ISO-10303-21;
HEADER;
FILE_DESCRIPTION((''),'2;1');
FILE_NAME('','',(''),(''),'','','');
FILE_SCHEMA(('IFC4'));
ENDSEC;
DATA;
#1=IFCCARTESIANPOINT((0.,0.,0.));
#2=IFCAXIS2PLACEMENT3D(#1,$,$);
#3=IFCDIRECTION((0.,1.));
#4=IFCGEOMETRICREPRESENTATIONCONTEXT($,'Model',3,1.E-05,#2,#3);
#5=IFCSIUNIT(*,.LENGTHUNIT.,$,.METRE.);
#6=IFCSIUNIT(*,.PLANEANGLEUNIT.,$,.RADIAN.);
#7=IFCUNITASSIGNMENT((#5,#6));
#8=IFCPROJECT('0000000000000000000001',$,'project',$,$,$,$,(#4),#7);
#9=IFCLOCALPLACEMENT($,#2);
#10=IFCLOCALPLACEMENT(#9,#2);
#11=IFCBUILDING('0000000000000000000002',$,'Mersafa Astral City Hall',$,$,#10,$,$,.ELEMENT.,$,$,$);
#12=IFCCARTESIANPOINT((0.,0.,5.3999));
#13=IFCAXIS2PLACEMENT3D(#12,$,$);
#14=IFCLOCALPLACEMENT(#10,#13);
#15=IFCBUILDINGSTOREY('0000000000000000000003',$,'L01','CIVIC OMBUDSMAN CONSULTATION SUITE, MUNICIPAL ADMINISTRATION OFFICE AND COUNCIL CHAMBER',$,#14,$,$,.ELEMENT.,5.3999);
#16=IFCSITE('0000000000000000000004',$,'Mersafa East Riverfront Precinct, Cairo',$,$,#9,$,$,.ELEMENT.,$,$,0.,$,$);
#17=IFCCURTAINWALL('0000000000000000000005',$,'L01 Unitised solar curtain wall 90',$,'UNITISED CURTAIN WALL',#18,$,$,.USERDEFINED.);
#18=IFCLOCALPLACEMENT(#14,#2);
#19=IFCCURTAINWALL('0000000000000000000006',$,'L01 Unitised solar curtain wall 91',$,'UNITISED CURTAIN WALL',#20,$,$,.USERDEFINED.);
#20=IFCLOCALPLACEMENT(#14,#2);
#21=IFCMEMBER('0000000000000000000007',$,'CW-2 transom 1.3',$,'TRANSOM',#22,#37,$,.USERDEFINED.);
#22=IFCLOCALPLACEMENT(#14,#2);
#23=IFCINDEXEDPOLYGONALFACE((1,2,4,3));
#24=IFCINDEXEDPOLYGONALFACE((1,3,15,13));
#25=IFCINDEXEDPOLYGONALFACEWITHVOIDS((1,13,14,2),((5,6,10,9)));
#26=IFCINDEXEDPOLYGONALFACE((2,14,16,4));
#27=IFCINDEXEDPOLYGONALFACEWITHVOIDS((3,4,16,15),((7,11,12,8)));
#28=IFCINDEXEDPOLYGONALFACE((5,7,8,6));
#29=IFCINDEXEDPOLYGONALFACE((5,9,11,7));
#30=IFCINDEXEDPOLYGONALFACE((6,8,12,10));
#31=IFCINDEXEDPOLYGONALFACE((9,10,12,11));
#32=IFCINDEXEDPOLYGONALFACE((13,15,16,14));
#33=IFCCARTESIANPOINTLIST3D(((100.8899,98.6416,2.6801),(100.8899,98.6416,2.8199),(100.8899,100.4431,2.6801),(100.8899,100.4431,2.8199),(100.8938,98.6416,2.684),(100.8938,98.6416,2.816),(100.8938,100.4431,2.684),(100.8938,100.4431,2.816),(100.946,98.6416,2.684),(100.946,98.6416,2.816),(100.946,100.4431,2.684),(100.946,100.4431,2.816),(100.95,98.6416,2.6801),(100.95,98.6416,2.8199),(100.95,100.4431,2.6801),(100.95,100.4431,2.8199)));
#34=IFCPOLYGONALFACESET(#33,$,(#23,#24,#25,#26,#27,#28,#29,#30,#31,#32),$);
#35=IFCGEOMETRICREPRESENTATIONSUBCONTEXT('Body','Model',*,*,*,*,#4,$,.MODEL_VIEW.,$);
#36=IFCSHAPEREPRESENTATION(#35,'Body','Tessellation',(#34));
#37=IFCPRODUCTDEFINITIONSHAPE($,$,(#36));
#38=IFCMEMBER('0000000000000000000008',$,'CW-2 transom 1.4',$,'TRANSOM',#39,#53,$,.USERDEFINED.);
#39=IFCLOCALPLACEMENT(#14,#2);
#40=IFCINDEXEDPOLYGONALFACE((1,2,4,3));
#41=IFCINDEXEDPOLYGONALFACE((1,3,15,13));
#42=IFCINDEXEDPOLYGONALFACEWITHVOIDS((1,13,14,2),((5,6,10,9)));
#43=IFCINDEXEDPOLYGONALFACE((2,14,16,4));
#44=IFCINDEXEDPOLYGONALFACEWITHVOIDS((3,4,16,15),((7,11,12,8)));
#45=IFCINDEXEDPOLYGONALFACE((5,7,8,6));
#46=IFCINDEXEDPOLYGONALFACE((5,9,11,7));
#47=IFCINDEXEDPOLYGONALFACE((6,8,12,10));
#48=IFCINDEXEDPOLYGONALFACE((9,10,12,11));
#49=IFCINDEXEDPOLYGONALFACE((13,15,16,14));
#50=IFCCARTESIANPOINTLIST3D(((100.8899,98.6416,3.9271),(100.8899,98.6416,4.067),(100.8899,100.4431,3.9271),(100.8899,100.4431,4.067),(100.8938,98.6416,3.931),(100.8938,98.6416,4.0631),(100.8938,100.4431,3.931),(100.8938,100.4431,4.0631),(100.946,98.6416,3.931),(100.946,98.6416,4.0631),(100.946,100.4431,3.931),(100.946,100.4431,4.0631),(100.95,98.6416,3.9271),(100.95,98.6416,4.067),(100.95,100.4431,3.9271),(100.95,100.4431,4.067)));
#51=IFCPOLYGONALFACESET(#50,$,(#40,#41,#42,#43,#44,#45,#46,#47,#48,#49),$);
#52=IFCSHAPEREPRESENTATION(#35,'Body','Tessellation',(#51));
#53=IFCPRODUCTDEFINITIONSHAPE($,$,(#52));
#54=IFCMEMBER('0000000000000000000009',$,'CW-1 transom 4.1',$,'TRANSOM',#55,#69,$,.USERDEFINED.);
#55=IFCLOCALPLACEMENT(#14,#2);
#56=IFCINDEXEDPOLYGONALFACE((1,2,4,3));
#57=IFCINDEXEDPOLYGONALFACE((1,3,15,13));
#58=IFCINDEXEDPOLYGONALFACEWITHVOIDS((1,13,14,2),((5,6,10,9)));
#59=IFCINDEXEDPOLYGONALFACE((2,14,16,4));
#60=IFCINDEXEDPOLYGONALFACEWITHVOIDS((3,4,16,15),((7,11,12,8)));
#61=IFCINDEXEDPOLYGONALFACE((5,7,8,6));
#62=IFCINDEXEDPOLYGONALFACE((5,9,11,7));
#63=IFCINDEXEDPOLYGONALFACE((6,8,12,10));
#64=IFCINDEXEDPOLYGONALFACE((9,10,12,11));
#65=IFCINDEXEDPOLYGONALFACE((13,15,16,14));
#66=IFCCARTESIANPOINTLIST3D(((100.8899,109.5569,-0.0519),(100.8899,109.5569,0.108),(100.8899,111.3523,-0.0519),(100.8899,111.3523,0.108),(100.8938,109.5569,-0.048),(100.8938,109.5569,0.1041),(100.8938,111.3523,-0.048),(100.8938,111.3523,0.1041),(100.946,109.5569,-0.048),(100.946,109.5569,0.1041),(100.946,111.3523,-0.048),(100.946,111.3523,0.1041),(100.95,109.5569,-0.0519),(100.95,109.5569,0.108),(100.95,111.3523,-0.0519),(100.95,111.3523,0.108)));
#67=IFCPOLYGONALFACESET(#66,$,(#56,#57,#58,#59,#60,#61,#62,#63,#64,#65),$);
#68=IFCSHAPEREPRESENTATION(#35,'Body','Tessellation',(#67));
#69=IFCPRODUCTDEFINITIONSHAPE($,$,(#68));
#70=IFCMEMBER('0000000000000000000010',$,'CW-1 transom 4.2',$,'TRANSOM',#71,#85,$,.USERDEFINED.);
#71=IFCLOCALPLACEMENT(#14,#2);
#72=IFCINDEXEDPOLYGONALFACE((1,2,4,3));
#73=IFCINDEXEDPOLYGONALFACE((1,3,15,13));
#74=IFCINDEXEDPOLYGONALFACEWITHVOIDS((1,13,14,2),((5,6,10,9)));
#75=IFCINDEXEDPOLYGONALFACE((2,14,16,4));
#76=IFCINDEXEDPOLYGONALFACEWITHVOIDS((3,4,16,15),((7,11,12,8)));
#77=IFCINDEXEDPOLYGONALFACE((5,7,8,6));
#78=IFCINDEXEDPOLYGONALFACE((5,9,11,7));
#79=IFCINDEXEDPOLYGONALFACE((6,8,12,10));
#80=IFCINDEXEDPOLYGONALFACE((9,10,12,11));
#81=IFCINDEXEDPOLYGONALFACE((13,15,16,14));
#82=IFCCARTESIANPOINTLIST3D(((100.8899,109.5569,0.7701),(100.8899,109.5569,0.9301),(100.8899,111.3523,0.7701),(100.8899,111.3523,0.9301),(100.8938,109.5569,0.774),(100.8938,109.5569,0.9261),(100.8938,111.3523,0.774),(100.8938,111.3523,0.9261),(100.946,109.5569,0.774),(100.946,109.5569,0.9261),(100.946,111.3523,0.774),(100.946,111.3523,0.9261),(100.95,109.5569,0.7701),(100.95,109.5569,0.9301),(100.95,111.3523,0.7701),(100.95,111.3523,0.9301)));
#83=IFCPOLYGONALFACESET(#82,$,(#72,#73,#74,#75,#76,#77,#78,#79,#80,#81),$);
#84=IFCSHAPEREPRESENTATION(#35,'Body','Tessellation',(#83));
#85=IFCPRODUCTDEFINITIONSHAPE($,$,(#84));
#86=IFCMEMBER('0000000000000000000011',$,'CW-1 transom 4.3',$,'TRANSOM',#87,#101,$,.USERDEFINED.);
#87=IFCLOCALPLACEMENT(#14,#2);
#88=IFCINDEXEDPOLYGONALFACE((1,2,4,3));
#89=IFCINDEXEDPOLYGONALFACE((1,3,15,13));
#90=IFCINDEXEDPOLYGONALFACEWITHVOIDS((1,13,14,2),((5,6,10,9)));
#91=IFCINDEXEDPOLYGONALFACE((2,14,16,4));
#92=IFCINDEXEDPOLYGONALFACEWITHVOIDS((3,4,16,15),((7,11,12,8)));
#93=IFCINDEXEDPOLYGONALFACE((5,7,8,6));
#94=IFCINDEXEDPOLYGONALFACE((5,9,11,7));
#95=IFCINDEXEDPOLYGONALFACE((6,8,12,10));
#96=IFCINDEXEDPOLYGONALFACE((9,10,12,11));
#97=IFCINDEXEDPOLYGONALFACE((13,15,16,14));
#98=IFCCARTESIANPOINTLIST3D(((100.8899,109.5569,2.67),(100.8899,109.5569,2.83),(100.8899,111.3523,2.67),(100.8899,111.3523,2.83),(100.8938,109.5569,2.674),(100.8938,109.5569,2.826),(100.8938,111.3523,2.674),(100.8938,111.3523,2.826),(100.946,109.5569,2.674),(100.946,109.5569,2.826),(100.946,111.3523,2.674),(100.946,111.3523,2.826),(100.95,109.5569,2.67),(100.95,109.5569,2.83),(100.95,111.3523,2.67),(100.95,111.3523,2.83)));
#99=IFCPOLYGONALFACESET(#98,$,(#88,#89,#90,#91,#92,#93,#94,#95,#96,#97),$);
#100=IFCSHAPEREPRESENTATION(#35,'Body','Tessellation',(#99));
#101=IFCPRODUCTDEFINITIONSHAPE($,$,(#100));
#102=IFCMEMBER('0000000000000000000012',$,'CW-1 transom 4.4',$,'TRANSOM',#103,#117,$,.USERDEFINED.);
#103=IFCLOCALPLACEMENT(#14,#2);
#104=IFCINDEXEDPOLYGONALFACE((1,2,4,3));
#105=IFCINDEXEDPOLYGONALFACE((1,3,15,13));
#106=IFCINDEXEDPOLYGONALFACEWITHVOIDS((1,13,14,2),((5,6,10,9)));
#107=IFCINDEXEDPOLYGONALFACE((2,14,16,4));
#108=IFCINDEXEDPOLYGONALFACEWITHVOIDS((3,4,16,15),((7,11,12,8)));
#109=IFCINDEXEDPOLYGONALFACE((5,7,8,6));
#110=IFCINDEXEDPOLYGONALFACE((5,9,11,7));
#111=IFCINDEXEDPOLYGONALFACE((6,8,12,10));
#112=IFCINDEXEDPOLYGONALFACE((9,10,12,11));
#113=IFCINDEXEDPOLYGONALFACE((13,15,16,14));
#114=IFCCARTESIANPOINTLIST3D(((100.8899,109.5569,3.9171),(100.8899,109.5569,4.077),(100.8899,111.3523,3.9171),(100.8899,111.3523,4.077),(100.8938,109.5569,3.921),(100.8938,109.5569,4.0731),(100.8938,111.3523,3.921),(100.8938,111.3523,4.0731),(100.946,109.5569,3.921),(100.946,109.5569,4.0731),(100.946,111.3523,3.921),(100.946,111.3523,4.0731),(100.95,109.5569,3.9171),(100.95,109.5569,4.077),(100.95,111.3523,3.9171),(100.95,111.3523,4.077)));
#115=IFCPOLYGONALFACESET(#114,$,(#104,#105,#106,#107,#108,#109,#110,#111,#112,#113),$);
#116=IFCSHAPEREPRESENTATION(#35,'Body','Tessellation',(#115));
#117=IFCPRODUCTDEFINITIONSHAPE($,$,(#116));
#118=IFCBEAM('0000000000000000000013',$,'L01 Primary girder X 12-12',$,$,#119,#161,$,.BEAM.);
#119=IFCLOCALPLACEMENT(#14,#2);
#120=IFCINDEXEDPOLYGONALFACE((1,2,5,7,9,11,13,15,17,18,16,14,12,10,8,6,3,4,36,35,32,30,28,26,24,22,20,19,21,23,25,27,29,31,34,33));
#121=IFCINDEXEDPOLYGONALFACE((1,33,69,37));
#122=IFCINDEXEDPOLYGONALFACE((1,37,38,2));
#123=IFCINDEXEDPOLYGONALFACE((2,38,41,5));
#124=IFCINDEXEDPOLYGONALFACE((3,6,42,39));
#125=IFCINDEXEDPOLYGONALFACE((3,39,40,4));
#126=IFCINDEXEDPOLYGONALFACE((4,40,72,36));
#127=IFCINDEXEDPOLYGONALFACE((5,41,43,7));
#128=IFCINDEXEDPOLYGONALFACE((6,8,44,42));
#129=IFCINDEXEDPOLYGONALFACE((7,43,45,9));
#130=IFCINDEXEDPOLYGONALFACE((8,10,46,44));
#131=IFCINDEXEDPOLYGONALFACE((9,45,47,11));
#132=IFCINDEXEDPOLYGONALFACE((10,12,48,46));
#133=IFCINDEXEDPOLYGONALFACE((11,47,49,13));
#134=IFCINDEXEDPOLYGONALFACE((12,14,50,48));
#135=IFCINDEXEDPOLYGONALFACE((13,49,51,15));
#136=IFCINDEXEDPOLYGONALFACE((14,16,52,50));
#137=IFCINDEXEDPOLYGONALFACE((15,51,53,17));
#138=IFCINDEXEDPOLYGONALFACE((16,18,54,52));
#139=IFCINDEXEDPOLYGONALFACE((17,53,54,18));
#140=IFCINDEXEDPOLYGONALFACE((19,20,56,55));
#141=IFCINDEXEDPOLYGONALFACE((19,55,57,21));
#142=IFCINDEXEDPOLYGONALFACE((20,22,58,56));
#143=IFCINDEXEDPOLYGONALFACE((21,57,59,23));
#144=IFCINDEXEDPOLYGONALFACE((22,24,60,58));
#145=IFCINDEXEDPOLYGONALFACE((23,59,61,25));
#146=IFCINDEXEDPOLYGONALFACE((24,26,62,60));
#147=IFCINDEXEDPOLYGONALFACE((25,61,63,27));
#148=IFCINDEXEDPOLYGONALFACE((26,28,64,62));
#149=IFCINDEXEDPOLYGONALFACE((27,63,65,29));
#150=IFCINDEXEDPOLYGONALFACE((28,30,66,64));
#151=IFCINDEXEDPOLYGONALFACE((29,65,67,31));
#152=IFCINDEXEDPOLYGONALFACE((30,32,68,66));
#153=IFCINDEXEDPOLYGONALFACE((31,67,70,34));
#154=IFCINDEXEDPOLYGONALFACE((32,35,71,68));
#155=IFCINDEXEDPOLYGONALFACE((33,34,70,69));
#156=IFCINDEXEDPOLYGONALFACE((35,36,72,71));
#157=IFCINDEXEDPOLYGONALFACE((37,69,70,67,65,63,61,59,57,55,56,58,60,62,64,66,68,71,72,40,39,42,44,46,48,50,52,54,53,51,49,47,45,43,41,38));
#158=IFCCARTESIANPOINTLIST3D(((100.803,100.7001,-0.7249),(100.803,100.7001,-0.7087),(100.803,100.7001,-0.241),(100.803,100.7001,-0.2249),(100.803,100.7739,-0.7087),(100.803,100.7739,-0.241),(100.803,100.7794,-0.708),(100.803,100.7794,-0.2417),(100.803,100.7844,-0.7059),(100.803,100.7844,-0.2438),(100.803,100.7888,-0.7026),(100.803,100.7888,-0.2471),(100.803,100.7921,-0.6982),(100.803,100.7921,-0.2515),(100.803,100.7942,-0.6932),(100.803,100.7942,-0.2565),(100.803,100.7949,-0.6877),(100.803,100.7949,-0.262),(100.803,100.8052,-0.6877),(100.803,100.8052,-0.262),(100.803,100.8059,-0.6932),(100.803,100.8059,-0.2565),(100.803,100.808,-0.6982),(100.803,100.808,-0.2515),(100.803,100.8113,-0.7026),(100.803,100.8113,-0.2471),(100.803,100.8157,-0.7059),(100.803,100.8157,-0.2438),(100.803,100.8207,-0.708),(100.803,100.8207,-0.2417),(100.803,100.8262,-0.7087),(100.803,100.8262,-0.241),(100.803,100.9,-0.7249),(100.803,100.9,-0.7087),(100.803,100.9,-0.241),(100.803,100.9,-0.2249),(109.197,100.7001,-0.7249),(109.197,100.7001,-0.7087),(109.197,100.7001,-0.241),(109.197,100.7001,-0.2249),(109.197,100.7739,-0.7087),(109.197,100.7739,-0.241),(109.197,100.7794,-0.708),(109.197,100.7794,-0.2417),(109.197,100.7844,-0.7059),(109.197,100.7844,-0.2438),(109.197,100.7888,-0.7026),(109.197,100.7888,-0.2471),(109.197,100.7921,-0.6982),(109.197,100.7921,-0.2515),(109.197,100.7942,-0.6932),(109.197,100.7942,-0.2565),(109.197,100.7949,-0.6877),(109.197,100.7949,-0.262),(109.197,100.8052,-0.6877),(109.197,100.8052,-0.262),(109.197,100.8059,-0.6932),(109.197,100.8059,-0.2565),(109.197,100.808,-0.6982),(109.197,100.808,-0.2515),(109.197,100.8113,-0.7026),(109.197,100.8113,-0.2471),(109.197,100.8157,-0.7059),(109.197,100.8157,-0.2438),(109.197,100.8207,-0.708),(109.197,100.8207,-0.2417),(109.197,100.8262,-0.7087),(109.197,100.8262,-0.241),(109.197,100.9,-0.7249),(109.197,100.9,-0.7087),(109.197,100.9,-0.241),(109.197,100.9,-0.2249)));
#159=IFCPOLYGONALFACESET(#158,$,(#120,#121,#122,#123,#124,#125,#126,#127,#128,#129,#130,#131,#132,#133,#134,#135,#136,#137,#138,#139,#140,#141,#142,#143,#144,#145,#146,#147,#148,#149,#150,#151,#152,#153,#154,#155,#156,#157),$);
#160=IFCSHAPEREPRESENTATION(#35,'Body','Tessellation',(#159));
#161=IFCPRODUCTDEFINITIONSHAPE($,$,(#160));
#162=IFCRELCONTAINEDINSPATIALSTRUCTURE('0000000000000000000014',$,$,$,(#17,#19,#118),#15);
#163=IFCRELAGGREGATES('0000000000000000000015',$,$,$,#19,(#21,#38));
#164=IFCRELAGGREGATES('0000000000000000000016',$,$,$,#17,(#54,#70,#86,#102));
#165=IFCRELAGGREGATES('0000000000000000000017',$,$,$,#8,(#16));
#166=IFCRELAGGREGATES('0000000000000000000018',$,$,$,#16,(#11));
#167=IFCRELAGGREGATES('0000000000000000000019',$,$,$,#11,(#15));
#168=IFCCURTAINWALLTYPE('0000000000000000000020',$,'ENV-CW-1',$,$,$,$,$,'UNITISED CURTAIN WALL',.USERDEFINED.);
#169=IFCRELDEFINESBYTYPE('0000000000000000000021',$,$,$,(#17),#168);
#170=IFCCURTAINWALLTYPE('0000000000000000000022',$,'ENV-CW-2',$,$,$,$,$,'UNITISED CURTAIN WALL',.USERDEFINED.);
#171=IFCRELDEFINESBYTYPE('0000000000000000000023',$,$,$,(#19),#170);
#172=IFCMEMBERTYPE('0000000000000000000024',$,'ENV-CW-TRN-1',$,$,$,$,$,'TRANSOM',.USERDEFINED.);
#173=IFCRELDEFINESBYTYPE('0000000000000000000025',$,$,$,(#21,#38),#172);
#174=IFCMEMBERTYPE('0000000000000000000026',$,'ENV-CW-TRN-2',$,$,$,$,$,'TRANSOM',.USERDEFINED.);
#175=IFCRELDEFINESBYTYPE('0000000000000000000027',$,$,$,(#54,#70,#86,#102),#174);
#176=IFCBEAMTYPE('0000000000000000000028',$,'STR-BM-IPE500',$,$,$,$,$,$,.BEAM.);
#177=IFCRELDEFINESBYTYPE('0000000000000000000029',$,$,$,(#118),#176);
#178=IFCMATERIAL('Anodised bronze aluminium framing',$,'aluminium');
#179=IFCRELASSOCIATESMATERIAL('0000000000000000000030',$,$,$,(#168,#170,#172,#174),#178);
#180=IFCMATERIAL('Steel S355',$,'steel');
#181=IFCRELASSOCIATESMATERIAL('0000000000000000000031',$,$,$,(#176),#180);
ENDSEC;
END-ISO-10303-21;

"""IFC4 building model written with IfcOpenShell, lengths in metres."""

from ifc_helpers import new_model, si_unit, direction, frame, origin, origin_2d, place, context, subcontext, project, spatial, hollow_rectangle, i_section, extrude, material, material_profile, profile_set, type_object, element, aggregate, save


model = new_model("IFC4")

# Units and contexts
model_context = context("Model", 3, precision=1e-05, world=origin(), true_north=direction((0.0, 1.0)))
body_context = subcontext(model_context, "Body", "Model", "MODEL_VIEW")
ifc_project = project(units=[si_unit("LENGTHUNIT", "METRE"), si_unit("PLANEANGLEUNIT", "RADIAN")], contexts=[model_context])

# Site, building, storey
site_placement = place(None, origin())
site = spatial("IfcSite", under=ifc_project, at=site_placement, Name="Mersafa East Riverfront Precinct, Cairo", CompositionType="ELEMENT", RefElevation=0.0)
building_placement = place(site_placement, origin())
building = spatial("IfcBuilding", under=site, at=building_placement, Name="Mersafa Astral City Hall", CompositionType="ELEMENT")
storey_placement = place(building_placement, frame((0.0, 0.0, 5.3999)))
storey = spatial("IfcBuildingStorey", under=building, at=storey_placement, Name="L01", Description="CIVIC OMBUDSMAN CONSULTATION SUITE, MUNICIPAL ADMINISTRATION OFFICE AND COUNCIL CHAMBER", CompositionType="ELEMENT", Elevation=5.3999)

# Shared definitions
ifc_material_1 = material(Name="Steel S355", Category="steel")

# Curtain walls, members
ifc_material_2 = material(Name="Anodised bronze aluminium framing", Category="aluminium")
curtain_wall_type_1 = type_object("IfcCurtainWallType", Name="ENV-CW-1", ElementType="UNITISED CURTAIN WALL", PredefinedType="USERDEFINED", material=ifc_material_2)
curtain_wall_1_placement = place(storey_placement, origin())
curtain_wall_1 = element("IfcCurtainWall", 1, at=curtain_wall_1_placement, inside=storey, type_object=curtain_wall_type_1, Name="L01 Unitised solar curtain wall 90", ObjectType="UNITISED CURTAIN WALL", PredefinedType="USERDEFINED")
curtain_wall_type_2 = type_object("IfcCurtainWallType", Name="ENV-CW-2", ElementType="UNITISED CURTAIN WALL", PredefinedType="USERDEFINED", material=ifc_material_2)
curtain_wall_2_placement = place(storey_placement, origin())
curtain_wall_2 = element("IfcCurtainWall", 2, at=curtain_wall_2_placement, inside=storey, type_object=curtain_wall_type_2, Name="L01 Unitised solar curtain wall 91", ObjectType="UNITISED CURTAIN WALL", PredefinedType="USERDEFINED")
ifc_material_profile_1 = material_profile(ifc_material_2, hollow_rectangle(XDim=0.0601, YDim=0.1399, WallThickness=0.0039, at=origin_2d()), Name="RHS 60x140x4")
ifc_profile_set_1 = profile_set([ifc_material_profile_1], Name="Anodised bronze aluminium framing")
member_type_1 = type_object("IfcMemberType", Name="ENV-CW-TRN-1", ElementType="TRANSOM", PredefinedType="USERDEFINED", material=ifc_profile_set_1)
member_1_placement = place(storey_placement, frame((100.9199, 100.4431, 2.75), z_axis=(0.0, -1.0, 0.0), x_axis=(1.0, 0.0, 0.0)))
member_1 = element("IfcMember", 3, at=member_1_placement, type_object=member_type_1, Name="CW-2 transom 1.3", ObjectType="TRANSOM", PredefinedType="USERDEFINED", context=body_context, shape_type="SweptSolid", body=[
    extrude(hollow_rectangle(XDim=0.0601, YDim=0.1399, WallThickness=0.0039, at=origin_2d()), origin(), (0.0, 0.0, 1.0), 1.8015),
])
member_2_placement = place(storey_placement, frame((100.9199, 100.4431, 3.9971), z_axis=(0.0, -1.0, 0.0), x_axis=(1.0, 0.0, 0.0)))
member_2 = element("IfcMember", 4, at=member_2_placement, type_object=member_type_1, Name="CW-2 transom 1.4", ObjectType="TRANSOM", PredefinedType="USERDEFINED", context=body_context, shape_type="SweptSolid", body=[
    extrude(hollow_rectangle(XDim=0.0601, YDim=0.1399, WallThickness=0.0039, at=origin_2d()), origin(), (0.0, 0.0, 1.0), 1.8015),
])
aggregate(curtain_wall_2, [member_1, member_2])

# Members
ifc_material_profile_2 = material_profile(ifc_material_2, hollow_rectangle(XDim=0.0601, YDim=0.1599, WallThickness=0.0039, at=origin_2d()), Name="RHS 60x160x4")
ifc_profile_set_2 = profile_set([ifc_material_profile_2], Name="Anodised bronze aluminium framing")
member_type_2 = type_object("IfcMemberType", Name="ENV-CW-TRN-2", ElementType="TRANSOM", PredefinedType="USERDEFINED", material=ifc_profile_set_2)
member_3_placement = place(storey_placement, frame((100.9199, 111.3523, 0.0281), z_axis=(0.0, -1.0, 0.0), x_axis=(1.0, 0.0, 0.0)))
member_3 = element("IfcMember", 5, at=member_3_placement, type_object=member_type_2, Name="CW-1 transom 4.1", ObjectType="TRANSOM", PredefinedType="USERDEFINED", context=body_context, shape_type="SweptSolid", body=[
    extrude(hollow_rectangle(XDim=0.0601, YDim=0.1599, WallThickness=0.0039, at=origin_2d()), origin(), (0.0, 0.0, 1.0), 1.7954),
])
member_4_placement = place(storey_placement, frame((100.9199, 111.3523, 0.8501), z_axis=(0.0, -1.0, 0.0), x_axis=(1.0, 0.0, 0.0)))
member_4 = element("IfcMember", 6, at=member_4_placement, type_object=member_type_2, Name="CW-1 transom 4.2", ObjectType="TRANSOM", PredefinedType="USERDEFINED", context=body_context, shape_type="SweptSolid", body=[
    extrude(hollow_rectangle(XDim=0.0601, YDim=0.1599, WallThickness=0.0039, at=origin_2d()), origin(), (0.0, 0.0, 1.0), 1.7954),
])
member_5_placement = place(storey_placement, frame((100.9199, 111.3523, 2.75), z_axis=(0.0, -1.0, 0.0), x_axis=(1.0, 0.0, 0.0)))
member_5 = element("IfcMember", 7, at=member_5_placement, type_object=member_type_2, Name="CW-1 transom 4.3", ObjectType="TRANSOM", PredefinedType="USERDEFINED", context=body_context, shape_type="SweptSolid", body=[
    extrude(hollow_rectangle(XDim=0.0601, YDim=0.1599, WallThickness=0.0039, at=origin_2d()), origin(), (0.0, 0.0, 1.0), 1.7954),
])
member_6_placement = place(storey_placement, frame((100.9199, 111.3523, 3.9971), z_axis=(0.0, -1.0, 0.0), x_axis=(1.0, 0.0, 0.0)))
member_6 = element("IfcMember", 8, at=member_6_placement, type_object=member_type_2, Name="CW-1 transom 4.4", ObjectType="TRANSOM", PredefinedType="USERDEFINED", context=body_context, shape_type="SweptSolid", body=[
    extrude(hollow_rectangle(XDim=0.0601, YDim=0.1599, WallThickness=0.0039, at=origin_2d()), origin(), (0.0, 0.0, 1.0), 1.7954),
])

# Beam
ifc_material_profile_3 = material_profile(ifc_material_1, i_section(OverallWidth=0.2, OverallDepth=0.5, WebThickness=0.0103, FlangeThickness=0.0161, FilletRadius=0.021, at=origin_2d()), Name="IPE 500")
ifc_profile_set_3 = profile_set([ifc_material_profile_3], Name="Steel S355")
beam_type_1 = type_object("IfcBeamType", Name="STR-BM-IPE500", PredefinedType="BEAM", material=ifc_profile_set_3)
beam_1_placement = place(storey_placement, frame((100.803, 100.8, -0.4749), z_axis=(1.0, 0.0, 0.0), x_axis=(0.0, 1.0, 0.0)))
element("IfcBeam", 9, at=beam_1_placement, inside=storey, type_object=beam_type_1, Name="L01 Primary girder X 12-12", PredefinedType="BEAM", context=body_context, shape_type="SweptSolid", body=[
    extrude(i_section(OverallWidth=0.2, OverallDepth=0.5, WebThickness=0.0103, FlangeThickness=0.0161, FilletRadius=0.021, at=origin_2d()), origin(), (0.0, 0.0, 1.0), 8.394),
])

aggregate(curtain_wall_1, [member_3, member_4, member_5, member_6])

save(model, "model.ifc")
